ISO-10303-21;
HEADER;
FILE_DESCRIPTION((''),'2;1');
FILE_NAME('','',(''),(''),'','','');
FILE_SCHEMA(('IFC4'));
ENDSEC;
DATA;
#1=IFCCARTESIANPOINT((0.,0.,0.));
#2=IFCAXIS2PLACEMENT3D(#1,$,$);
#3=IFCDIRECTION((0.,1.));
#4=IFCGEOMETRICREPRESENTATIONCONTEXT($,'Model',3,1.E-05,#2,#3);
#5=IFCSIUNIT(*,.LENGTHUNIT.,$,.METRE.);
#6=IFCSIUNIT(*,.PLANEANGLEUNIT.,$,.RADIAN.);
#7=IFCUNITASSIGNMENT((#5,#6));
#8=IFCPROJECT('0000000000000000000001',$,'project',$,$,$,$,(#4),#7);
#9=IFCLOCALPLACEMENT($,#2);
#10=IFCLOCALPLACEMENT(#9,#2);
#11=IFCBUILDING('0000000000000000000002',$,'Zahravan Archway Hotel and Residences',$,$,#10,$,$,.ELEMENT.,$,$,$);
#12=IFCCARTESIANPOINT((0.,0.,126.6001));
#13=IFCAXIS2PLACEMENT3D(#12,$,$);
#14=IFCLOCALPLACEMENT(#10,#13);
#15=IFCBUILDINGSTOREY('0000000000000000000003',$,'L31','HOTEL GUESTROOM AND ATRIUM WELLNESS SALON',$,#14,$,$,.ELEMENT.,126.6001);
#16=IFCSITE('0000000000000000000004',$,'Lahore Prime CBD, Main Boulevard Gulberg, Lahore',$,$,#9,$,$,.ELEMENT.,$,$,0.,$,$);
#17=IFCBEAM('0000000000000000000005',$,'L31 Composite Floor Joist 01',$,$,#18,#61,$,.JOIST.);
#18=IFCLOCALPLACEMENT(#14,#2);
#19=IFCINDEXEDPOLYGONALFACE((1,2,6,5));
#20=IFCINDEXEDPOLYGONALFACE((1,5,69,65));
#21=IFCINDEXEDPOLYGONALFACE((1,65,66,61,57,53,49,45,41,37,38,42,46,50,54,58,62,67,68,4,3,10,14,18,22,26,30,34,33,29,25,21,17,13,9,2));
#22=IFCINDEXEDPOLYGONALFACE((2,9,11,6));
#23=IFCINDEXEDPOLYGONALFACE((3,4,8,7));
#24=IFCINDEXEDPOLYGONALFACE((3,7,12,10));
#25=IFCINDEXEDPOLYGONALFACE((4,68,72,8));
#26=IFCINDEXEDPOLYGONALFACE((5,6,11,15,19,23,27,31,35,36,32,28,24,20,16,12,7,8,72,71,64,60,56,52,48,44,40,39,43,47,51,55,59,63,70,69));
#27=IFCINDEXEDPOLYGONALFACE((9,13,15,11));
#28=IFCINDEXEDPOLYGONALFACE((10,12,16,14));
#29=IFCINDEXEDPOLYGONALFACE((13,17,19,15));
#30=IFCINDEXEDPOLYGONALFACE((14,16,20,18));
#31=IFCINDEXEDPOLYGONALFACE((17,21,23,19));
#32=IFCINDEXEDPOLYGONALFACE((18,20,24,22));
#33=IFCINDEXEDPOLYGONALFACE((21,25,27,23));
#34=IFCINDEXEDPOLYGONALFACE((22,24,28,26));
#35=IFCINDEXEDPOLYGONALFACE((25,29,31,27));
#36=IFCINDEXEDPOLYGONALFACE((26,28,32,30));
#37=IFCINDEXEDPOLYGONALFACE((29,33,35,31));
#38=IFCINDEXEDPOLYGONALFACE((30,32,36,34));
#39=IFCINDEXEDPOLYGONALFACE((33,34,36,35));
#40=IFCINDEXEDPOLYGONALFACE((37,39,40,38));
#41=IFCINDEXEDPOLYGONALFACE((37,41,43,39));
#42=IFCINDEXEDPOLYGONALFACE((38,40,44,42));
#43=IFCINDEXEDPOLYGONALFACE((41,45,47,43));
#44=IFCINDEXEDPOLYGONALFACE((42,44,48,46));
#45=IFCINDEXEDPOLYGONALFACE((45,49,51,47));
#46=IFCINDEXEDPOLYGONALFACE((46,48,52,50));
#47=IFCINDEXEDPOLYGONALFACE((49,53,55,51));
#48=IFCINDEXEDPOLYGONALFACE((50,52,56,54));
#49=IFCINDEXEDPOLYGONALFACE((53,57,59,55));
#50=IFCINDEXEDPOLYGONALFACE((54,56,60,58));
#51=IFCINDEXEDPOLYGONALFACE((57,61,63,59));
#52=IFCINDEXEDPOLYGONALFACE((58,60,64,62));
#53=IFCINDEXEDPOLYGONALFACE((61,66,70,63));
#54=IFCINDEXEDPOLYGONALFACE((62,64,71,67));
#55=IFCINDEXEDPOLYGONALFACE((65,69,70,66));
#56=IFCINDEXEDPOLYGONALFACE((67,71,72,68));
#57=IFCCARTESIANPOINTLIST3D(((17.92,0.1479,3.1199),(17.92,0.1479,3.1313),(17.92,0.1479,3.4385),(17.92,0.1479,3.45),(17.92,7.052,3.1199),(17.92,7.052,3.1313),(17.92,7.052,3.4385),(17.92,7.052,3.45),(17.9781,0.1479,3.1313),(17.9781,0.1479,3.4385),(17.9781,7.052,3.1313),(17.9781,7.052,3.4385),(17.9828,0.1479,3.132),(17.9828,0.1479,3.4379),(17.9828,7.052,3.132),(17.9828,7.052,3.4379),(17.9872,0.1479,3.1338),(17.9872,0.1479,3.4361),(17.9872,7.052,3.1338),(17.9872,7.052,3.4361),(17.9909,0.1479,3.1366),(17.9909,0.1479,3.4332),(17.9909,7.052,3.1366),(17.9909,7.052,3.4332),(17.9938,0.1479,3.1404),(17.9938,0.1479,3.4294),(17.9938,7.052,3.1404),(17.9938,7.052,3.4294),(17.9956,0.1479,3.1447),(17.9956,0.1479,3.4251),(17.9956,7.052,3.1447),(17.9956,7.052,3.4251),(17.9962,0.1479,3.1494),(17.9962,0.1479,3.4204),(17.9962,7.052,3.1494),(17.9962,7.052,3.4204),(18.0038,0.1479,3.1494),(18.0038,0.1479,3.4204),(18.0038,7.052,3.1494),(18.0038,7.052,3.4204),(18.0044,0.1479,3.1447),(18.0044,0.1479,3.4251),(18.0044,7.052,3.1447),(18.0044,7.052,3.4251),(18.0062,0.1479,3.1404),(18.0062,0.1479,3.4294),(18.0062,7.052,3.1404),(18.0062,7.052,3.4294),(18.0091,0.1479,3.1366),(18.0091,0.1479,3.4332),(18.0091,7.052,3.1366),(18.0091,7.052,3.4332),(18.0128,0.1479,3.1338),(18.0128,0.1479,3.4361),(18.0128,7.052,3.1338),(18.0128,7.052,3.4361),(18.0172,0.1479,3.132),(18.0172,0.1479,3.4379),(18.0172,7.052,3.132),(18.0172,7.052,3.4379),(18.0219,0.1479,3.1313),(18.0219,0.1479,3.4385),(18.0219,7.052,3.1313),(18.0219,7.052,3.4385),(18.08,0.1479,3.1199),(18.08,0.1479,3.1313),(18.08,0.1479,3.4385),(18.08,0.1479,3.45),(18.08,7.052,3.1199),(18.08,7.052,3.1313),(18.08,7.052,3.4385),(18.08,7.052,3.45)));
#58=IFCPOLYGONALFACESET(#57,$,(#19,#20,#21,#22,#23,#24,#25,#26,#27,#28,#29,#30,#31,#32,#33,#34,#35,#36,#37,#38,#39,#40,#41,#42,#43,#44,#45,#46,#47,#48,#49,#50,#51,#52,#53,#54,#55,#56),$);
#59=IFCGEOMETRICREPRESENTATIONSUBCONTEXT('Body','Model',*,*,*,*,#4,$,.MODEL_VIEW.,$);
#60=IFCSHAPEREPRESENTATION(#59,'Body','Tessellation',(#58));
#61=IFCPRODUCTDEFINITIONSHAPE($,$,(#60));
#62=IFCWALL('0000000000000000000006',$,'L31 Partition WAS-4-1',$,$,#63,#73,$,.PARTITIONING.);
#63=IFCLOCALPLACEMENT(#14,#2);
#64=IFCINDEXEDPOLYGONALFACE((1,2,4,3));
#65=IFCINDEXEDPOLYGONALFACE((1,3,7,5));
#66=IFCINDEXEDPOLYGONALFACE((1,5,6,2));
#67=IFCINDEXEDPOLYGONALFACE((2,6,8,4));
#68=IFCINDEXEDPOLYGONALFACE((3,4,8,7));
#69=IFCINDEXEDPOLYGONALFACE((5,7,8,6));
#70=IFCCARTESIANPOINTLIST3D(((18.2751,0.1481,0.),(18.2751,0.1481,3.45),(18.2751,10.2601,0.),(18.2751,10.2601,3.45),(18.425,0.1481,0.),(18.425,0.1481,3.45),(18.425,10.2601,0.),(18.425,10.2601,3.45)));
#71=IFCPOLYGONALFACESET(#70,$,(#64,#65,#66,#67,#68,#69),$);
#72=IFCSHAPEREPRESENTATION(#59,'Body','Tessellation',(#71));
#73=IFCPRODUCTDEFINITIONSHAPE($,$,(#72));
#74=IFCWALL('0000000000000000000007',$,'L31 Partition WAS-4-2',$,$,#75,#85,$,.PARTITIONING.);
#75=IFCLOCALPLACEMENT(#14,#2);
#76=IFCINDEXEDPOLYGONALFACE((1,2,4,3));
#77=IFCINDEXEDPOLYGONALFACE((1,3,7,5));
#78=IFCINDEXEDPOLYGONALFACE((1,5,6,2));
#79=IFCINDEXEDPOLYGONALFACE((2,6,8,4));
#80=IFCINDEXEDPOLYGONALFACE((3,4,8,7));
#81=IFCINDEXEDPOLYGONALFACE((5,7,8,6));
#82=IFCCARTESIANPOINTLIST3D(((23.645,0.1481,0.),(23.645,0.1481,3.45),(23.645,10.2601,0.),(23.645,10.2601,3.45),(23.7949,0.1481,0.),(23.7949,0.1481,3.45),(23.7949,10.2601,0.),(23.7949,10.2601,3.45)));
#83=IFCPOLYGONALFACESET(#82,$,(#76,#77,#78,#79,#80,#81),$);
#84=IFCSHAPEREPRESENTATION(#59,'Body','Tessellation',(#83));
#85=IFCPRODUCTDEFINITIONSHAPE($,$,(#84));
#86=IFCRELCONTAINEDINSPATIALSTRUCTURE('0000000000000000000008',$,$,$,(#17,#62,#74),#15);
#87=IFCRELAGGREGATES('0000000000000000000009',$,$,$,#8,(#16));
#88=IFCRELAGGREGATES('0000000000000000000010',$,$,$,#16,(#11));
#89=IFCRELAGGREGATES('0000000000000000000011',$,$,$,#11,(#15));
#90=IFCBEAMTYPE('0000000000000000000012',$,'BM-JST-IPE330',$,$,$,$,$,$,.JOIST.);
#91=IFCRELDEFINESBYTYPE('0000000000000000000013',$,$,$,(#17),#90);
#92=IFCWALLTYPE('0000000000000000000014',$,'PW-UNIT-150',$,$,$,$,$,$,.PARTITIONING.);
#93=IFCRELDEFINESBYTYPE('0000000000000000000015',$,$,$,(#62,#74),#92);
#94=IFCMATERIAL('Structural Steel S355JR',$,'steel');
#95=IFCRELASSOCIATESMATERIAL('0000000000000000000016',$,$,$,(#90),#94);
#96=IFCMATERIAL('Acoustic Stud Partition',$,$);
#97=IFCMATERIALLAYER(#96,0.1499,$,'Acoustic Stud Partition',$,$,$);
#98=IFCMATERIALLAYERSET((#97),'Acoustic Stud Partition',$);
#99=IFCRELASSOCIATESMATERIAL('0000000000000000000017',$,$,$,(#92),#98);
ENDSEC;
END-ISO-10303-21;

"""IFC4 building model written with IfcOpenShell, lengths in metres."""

from ifc_helpers import new_model, si_unit, direction, frame, frame_2d, origin, origin_2d, place, context, subcontext, project, spatial, rectangle, i_section, extrude, source, transform, mapped, material, layer, layer_set, material_profile, profile_set, type_object, type_shapes, element, save


model = new_model("IFC4")

# Units and contexts
model_context = context("Model", 3, precision=1e-05, world=origin(), true_north=direction((0.0, 1.0)))
body_context = subcontext(model_context, "Body", "Model", "MODEL_VIEW")
ifc_project = project(units=[si_unit("LENGTHUNIT", "METRE"), si_unit("PLANEANGLEUNIT", "RADIAN")], contexts=[model_context])

# Site, building, storey
site_placement = place(None, origin())
site = spatial("IfcSite", under=ifc_project, at=site_placement, Name="Lahore Prime CBD, Main Boulevard Gulberg, Lahore", CompositionType="ELEMENT", RefElevation=0.0)
building_placement = place(site_placement, origin())
building = spatial("IfcBuilding", under=site, at=building_placement, Name="Zahravan Archway Hotel and Residences", CompositionType="ELEMENT")
storey_placement = place(building_placement, frame((0.0, 0.0, 126.6001)))
storey = spatial("IfcBuildingStorey", under=building, at=storey_placement, Name="L31", Description="HOTEL GUESTROOM AND ATRIUM WELLNESS SALON", CompositionType="ELEMENT", Elevation=126.6001)

# Beam
ifc_material_1 = material(Name="Structural Steel S355JR", Category="steel")
ifc_material_profile_1 = material_profile(ifc_material_1, i_section(OverallWidth=0.1599, OverallDepth=0.3301, WebThickness=0.0076, FlangeThickness=0.0115, FilletRadius=0.0181, at=origin_2d()), Name="IPE 330", Category="steel")
ifc_profile_set_1 = profile_set([ifc_material_profile_1], Name="Structural Steel S355JR")
beam_type_1 = type_object("IfcBeamType", Name="BM-JST-IPE330", PredefinedType="JOIST", material=ifc_profile_set_1)
shared_shape_1 = source(origin(), body_context, "Body", "SweptSolid", [
    extrude(i_section(OverallWidth=0.1599, OverallDepth=0.3301, WebThickness=0.0076, FlangeThickness=0.0115, FilletRadius=0.0181, at=origin_2d()), origin(), (0.0, 0.0, 1.0), 6.9041),
])
type_shapes(beam_type_1, [shared_shape_1])
beam_1_placement = place(storey_placement, frame((18.0, 0.1479, 3.2849), z_axis=(0.0, 1.0, 0.0), x_axis=(-1.0, 0.0, 0.0)))
element("IfcBeam", 1, at=beam_1_placement, inside=storey, type_object=beam_type_1, Name="L31 Composite Floor Joist 01", PredefinedType="JOIST", context=body_context, shape_type="MappedRepresentation", body=[
    mapped(shared_shape_1, transform((0.0, 0.0, 0.0), scale=1.0)),
])

# Walls
ifc_material_2 = material(Name="Acoustic Stud Partition")
ifc_layer = layer(ifc_material_2, 0.1499, Name="Acoustic Stud Partition")
ifc_layer_set = layer_set([ifc_layer], Name="Acoustic Stud Partition")
wall_type = type_object("IfcWallType", Name="PW-UNIT-150", PredefinedType="PARTITIONING", material=ifc_layer_set)
for number, where, z_axis, x_axis, name in (
    (2, (18.3501, 0.1479, 0.0), (0.0, 0.0, 1.0), (0.0, 1.0, 0.0), "L31 Partition WAS-4-1"),
    (3, (23.72, 0.1479, 0.0), (0.0, 0.0, 1.0), (0.0, 1.0, 0.0), "L31 Partition WAS-4-2"),
):
    element("IfcWall", number, at=place(storey_placement, frame(where, z_axis=z_axis, x_axis=x_axis)), inside=storey, type_object=wall_type, Name=name, PredefinedType="PARTITIONING", context=body_context, shape_type="SweptSolid", body=[
        extrude(rectangle(XDim=10.1121, YDim=0.1499, at=frame_2d((5.0562, 0.0))), origin(), (0.0, 0.0, 1.0), 3.45),
    ])

save(model, "model.ifc")
